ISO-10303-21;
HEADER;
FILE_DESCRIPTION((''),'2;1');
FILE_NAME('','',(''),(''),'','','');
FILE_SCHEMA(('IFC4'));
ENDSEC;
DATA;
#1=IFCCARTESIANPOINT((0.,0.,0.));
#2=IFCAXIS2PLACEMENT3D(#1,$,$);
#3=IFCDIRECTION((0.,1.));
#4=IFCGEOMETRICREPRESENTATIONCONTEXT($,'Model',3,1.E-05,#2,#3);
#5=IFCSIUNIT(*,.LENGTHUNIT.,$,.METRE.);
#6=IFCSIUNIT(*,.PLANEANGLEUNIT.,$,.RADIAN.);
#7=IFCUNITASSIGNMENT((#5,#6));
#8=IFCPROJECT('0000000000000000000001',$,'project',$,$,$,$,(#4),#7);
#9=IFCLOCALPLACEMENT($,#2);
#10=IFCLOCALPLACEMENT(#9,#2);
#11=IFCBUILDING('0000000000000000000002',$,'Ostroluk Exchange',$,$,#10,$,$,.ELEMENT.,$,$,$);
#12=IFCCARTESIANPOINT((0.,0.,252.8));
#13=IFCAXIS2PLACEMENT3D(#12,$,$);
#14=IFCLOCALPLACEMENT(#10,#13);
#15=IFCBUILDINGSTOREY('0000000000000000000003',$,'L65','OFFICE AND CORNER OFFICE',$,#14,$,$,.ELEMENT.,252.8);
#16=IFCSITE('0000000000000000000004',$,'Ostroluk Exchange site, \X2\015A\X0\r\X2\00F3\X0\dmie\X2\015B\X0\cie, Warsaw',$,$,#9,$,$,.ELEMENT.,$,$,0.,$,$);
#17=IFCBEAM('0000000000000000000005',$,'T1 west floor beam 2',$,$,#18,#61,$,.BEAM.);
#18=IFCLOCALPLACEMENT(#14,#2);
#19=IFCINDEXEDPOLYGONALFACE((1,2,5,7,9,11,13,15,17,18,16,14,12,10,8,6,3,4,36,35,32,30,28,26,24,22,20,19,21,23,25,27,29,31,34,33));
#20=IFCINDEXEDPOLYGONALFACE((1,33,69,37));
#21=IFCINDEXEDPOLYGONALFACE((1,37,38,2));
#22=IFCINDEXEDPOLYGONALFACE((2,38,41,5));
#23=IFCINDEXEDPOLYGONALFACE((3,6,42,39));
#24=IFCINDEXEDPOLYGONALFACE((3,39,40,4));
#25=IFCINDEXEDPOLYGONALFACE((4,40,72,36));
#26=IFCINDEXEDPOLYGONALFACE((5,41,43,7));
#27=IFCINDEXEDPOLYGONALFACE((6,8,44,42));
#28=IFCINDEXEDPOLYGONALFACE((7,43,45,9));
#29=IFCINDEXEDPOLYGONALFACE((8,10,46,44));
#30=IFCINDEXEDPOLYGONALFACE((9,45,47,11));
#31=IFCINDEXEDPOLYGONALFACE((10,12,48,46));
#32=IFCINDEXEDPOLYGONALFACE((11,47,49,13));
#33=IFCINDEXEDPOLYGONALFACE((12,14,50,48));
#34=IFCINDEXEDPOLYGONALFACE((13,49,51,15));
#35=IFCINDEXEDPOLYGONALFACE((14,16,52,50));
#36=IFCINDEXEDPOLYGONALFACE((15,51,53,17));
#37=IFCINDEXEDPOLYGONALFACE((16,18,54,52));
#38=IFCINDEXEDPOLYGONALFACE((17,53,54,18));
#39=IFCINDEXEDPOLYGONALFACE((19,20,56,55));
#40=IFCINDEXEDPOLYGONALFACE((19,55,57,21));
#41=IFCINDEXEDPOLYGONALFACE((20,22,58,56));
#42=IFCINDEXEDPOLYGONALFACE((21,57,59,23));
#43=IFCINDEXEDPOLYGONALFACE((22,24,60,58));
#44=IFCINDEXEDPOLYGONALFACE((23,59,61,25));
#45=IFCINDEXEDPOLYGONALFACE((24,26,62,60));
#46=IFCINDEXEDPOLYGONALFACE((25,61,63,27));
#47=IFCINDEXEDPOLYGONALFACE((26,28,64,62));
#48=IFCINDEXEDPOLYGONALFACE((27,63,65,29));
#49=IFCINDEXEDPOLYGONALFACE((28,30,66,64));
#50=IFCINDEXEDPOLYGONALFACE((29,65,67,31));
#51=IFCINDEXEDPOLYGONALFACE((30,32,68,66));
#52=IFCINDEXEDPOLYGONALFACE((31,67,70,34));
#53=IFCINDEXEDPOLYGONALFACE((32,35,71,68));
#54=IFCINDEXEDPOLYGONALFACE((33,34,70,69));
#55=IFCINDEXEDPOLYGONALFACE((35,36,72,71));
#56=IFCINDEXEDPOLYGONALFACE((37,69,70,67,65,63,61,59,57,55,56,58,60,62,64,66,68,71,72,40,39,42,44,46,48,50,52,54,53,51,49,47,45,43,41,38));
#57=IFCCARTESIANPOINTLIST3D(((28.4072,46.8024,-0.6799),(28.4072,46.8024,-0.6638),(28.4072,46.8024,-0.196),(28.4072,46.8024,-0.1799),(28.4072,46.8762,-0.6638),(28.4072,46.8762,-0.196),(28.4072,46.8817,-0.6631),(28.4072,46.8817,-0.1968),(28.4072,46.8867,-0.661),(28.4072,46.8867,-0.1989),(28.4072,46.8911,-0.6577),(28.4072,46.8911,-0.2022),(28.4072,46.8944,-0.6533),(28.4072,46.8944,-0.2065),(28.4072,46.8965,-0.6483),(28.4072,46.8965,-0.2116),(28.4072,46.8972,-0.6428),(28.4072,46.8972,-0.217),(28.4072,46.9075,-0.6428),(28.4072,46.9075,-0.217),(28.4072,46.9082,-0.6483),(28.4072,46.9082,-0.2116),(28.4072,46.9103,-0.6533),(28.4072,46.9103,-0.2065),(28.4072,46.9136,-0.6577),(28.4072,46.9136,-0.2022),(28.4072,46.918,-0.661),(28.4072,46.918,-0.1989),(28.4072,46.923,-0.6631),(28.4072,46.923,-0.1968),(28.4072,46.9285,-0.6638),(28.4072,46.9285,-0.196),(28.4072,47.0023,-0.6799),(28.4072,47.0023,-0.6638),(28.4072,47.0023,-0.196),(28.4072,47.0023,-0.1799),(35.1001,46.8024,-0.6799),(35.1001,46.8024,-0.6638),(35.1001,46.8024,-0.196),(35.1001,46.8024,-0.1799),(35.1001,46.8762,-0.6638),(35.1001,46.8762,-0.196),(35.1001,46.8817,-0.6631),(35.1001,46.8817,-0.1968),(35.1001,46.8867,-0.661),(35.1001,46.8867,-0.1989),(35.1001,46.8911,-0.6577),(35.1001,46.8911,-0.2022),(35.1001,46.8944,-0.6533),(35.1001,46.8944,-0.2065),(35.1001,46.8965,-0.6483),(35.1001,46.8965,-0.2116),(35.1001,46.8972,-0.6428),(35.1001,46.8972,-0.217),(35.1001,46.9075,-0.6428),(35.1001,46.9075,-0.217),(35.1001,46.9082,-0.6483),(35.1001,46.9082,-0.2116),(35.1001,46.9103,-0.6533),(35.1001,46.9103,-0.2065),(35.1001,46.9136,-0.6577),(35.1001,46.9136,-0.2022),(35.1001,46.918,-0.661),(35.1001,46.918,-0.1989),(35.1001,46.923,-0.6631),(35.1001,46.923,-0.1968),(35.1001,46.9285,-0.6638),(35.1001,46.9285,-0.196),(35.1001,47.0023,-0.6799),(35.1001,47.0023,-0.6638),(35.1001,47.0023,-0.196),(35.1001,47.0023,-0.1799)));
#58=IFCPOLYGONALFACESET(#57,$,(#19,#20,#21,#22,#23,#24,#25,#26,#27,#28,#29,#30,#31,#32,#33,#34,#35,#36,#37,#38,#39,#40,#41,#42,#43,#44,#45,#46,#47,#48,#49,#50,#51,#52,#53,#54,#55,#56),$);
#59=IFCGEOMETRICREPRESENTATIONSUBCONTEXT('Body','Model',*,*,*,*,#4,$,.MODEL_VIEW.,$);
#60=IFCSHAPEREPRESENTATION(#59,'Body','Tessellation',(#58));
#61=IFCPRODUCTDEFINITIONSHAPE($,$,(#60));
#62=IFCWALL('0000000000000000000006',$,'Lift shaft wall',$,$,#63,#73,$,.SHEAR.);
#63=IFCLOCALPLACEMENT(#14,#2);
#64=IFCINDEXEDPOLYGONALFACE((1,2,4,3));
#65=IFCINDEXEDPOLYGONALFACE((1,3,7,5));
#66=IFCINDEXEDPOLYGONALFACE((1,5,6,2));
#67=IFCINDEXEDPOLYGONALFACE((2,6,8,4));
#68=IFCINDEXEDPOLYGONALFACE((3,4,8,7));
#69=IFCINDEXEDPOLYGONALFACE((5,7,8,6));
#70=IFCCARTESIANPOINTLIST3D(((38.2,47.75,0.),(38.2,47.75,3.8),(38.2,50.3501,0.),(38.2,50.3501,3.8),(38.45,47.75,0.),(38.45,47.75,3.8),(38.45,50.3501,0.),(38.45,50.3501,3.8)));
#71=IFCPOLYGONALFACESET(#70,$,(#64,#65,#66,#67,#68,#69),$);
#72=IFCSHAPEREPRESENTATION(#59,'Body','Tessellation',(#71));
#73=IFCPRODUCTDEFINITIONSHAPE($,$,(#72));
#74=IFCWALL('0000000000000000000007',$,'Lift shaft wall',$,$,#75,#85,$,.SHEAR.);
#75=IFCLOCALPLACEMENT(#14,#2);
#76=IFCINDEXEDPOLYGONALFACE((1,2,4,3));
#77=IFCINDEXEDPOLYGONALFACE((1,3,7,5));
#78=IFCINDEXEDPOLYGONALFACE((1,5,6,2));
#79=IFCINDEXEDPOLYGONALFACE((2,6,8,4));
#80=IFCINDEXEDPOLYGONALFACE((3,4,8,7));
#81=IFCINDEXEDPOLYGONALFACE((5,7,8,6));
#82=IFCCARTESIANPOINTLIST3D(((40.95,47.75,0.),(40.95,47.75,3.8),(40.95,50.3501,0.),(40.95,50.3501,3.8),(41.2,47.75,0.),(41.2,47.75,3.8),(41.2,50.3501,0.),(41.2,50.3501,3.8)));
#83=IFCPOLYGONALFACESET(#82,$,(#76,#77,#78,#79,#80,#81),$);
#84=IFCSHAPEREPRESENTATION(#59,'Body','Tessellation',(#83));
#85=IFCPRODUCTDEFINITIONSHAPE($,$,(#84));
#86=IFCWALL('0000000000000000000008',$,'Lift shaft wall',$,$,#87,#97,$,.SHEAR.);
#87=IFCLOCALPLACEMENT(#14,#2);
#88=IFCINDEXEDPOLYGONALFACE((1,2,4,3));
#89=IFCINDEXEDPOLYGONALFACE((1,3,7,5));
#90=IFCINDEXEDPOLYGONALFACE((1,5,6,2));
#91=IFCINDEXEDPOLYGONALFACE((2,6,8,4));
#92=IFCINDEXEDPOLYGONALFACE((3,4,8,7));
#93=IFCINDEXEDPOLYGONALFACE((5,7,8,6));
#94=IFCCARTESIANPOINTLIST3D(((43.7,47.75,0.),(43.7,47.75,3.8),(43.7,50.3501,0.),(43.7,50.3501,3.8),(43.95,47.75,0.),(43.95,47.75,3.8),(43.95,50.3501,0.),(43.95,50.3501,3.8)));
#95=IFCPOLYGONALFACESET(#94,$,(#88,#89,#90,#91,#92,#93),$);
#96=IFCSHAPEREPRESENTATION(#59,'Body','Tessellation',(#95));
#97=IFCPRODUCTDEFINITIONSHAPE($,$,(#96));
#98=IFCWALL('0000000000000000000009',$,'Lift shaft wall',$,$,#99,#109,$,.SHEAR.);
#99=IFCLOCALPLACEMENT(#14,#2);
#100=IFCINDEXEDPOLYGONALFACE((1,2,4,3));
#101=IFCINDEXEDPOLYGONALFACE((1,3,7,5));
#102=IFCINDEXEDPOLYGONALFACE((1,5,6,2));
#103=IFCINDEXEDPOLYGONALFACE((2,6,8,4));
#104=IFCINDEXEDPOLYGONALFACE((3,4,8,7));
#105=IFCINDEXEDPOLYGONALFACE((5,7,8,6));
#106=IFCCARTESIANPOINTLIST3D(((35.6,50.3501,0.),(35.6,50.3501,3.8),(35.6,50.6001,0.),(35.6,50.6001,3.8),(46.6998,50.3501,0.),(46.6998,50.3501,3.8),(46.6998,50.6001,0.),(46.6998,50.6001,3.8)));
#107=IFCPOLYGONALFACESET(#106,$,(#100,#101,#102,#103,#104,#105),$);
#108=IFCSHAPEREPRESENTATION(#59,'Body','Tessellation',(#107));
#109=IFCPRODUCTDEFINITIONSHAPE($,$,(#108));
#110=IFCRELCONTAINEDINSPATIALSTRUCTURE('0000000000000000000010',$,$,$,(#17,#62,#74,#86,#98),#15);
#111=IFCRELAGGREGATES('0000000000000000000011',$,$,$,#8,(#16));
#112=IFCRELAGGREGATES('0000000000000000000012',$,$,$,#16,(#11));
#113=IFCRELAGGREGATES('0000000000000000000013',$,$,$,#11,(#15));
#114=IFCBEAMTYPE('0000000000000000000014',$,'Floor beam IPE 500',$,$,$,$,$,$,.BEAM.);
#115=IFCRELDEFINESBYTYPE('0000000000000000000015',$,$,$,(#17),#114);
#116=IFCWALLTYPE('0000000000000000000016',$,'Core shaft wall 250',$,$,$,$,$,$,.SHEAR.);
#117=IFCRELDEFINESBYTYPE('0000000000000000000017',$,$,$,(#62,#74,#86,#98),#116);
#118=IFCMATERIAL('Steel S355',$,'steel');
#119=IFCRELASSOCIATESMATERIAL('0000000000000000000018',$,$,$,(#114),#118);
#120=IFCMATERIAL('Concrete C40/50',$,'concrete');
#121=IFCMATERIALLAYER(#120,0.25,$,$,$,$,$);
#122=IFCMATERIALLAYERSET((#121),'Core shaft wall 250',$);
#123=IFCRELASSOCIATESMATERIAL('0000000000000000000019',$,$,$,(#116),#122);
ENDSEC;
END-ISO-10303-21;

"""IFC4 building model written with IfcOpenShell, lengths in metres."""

from ifc_helpers import new_model, si_unit, direction, frame, frame_2d, origin, origin_2d, place, context, subcontext, project, spatial, rectangle, i_section, extrude, material, layer, layer_set, material_profile, profile_set, type_object, element, save


model = new_model("IFC4")

# Units and contexts
model_context = context("Model", 3, precision=1e-05, world=origin(), true_north=direction((0.0, 1.0)))
body_context = subcontext(model_context, "Body", "Model", "MODEL_VIEW")
ifc_project = project(units=[si_unit("LENGTHUNIT", "METRE"), si_unit("PLANEANGLEUNIT", "RADIAN")], contexts=[model_context])

# Site, building, storey
site_placement = place(None, origin())
site = spatial("IfcSite", under=ifc_project, at=site_placement, Name="Ostroluk Exchange site, Śródmieście, Warsaw", CompositionType="ELEMENT", RefElevation=0.0)
building_placement = place(site_placement, origin())
building = spatial("IfcBuilding", under=site, at=building_placement, Name="Ostroluk Exchange", CompositionType="ELEMENT")
storey_placement = place(building_placement, frame((0.0, 0.0, 252.8)))
storey = spatial("IfcBuildingStorey", under=building, at=storey_placement, Name="L65", Description="OFFICE AND CORNER OFFICE", CompositionType="ELEMENT", Elevation=252.8)

# Beam
ifc_material_1 = material(Name="Steel S355", Category="steel")
ifc_material_profile = material_profile(ifc_material_1, i_section(OverallWidth=0.2, OverallDepth=0.5, WebThickness=0.0103, FlangeThickness=0.0161, FilletRadius=0.021, at=origin_2d()), Name="IPE 500")
ifc_profile_set = profile_set([ifc_material_profile], Name="Steel S355")
beam_type = type_object("IfcBeamType", Name="Floor beam IPE 500", PredefinedType="BEAM", material=ifc_profile_set)
beam_placement = place(storey_placement, frame((35.1001, 46.9023, -0.4299), z_axis=(-1.0, 0.0, 0.0), x_axis=(0.0, -1.0, 0.0)))
element("IfcBeam", 1, at=beam_placement, inside=storey, type_object=beam_type, Name="T1 west floor beam 2", PredefinedType="BEAM", context=body_context, shape_type="SweptSolid", body=[
    extrude(i_section(OverallWidth=0.2, OverallDepth=0.5, WebThickness=0.0103, FlangeThickness=0.0161, FilletRadius=0.021, at=origin_2d()), origin(), (0.0, 0.0, 1.0), 6.6929),
])

# Walls
ifc_material_2 = material(Name="Concrete C40/50", Category="concrete")
ifc_layer = layer(ifc_material_2, 0.25)
ifc_layer_set = layer_set([ifc_layer], Name="Core shaft wall 250")
wall_type = type_object("IfcWallType", Name="Core shaft wall 250", PredefinedType="SHEAR", material=ifc_layer_set)
for number, where, z_axis, x_axis, name in (
    (2, (38.325, 47.75, 0.0), (0.0, 0.0, 1.0), (0.0, 1.0, 0.0), "Lift shaft wall"),
    (3, (41.075, 47.75, 0.0), (0.0, 0.0, 1.0), (0.0, 1.0, 0.0), "Lift shaft wall"),
    (4, (43.825, 47.75, 0.0), (0.0, 0.0, 1.0), (0.0, 1.0, 0.0), "Lift shaft wall"),
):
    element("IfcWall", number, at=place(storey_placement, frame(where, z_axis=z_axis, x_axis=x_axis)), inside=storey, type_object=wall_type, Name=name, PredefinedType="SHEAR", context=body_context, shape_type="SweptSolid", body=[
        extrude(rectangle(XDim=2.6001, YDim=0.25, at=frame_2d((1.3, 0.0))), origin(), (0.0, 0.0, 1.0), 3.8),
    ])
wall_1_placement = place(storey_placement, frame((35.6001, 50.4751, 0.0), z_axis=(0.0, 0.0, 1.0), x_axis=(1.0, 0.0, 0.0)))
element("IfcWall", 5, at=wall_1_placement, inside=storey, type_object=wall_type, Name="Lift shaft wall", PredefinedType="SHEAR", context=body_context, shape_type="SweptSolid", body=[
    extrude(rectangle(XDim=11.0999, YDim=0.25, at=frame_2d((5.5498, 0.0))), origin(), (0.0, 0.0, 1.0), 3.8),
])

save(model, "model.ifc")
